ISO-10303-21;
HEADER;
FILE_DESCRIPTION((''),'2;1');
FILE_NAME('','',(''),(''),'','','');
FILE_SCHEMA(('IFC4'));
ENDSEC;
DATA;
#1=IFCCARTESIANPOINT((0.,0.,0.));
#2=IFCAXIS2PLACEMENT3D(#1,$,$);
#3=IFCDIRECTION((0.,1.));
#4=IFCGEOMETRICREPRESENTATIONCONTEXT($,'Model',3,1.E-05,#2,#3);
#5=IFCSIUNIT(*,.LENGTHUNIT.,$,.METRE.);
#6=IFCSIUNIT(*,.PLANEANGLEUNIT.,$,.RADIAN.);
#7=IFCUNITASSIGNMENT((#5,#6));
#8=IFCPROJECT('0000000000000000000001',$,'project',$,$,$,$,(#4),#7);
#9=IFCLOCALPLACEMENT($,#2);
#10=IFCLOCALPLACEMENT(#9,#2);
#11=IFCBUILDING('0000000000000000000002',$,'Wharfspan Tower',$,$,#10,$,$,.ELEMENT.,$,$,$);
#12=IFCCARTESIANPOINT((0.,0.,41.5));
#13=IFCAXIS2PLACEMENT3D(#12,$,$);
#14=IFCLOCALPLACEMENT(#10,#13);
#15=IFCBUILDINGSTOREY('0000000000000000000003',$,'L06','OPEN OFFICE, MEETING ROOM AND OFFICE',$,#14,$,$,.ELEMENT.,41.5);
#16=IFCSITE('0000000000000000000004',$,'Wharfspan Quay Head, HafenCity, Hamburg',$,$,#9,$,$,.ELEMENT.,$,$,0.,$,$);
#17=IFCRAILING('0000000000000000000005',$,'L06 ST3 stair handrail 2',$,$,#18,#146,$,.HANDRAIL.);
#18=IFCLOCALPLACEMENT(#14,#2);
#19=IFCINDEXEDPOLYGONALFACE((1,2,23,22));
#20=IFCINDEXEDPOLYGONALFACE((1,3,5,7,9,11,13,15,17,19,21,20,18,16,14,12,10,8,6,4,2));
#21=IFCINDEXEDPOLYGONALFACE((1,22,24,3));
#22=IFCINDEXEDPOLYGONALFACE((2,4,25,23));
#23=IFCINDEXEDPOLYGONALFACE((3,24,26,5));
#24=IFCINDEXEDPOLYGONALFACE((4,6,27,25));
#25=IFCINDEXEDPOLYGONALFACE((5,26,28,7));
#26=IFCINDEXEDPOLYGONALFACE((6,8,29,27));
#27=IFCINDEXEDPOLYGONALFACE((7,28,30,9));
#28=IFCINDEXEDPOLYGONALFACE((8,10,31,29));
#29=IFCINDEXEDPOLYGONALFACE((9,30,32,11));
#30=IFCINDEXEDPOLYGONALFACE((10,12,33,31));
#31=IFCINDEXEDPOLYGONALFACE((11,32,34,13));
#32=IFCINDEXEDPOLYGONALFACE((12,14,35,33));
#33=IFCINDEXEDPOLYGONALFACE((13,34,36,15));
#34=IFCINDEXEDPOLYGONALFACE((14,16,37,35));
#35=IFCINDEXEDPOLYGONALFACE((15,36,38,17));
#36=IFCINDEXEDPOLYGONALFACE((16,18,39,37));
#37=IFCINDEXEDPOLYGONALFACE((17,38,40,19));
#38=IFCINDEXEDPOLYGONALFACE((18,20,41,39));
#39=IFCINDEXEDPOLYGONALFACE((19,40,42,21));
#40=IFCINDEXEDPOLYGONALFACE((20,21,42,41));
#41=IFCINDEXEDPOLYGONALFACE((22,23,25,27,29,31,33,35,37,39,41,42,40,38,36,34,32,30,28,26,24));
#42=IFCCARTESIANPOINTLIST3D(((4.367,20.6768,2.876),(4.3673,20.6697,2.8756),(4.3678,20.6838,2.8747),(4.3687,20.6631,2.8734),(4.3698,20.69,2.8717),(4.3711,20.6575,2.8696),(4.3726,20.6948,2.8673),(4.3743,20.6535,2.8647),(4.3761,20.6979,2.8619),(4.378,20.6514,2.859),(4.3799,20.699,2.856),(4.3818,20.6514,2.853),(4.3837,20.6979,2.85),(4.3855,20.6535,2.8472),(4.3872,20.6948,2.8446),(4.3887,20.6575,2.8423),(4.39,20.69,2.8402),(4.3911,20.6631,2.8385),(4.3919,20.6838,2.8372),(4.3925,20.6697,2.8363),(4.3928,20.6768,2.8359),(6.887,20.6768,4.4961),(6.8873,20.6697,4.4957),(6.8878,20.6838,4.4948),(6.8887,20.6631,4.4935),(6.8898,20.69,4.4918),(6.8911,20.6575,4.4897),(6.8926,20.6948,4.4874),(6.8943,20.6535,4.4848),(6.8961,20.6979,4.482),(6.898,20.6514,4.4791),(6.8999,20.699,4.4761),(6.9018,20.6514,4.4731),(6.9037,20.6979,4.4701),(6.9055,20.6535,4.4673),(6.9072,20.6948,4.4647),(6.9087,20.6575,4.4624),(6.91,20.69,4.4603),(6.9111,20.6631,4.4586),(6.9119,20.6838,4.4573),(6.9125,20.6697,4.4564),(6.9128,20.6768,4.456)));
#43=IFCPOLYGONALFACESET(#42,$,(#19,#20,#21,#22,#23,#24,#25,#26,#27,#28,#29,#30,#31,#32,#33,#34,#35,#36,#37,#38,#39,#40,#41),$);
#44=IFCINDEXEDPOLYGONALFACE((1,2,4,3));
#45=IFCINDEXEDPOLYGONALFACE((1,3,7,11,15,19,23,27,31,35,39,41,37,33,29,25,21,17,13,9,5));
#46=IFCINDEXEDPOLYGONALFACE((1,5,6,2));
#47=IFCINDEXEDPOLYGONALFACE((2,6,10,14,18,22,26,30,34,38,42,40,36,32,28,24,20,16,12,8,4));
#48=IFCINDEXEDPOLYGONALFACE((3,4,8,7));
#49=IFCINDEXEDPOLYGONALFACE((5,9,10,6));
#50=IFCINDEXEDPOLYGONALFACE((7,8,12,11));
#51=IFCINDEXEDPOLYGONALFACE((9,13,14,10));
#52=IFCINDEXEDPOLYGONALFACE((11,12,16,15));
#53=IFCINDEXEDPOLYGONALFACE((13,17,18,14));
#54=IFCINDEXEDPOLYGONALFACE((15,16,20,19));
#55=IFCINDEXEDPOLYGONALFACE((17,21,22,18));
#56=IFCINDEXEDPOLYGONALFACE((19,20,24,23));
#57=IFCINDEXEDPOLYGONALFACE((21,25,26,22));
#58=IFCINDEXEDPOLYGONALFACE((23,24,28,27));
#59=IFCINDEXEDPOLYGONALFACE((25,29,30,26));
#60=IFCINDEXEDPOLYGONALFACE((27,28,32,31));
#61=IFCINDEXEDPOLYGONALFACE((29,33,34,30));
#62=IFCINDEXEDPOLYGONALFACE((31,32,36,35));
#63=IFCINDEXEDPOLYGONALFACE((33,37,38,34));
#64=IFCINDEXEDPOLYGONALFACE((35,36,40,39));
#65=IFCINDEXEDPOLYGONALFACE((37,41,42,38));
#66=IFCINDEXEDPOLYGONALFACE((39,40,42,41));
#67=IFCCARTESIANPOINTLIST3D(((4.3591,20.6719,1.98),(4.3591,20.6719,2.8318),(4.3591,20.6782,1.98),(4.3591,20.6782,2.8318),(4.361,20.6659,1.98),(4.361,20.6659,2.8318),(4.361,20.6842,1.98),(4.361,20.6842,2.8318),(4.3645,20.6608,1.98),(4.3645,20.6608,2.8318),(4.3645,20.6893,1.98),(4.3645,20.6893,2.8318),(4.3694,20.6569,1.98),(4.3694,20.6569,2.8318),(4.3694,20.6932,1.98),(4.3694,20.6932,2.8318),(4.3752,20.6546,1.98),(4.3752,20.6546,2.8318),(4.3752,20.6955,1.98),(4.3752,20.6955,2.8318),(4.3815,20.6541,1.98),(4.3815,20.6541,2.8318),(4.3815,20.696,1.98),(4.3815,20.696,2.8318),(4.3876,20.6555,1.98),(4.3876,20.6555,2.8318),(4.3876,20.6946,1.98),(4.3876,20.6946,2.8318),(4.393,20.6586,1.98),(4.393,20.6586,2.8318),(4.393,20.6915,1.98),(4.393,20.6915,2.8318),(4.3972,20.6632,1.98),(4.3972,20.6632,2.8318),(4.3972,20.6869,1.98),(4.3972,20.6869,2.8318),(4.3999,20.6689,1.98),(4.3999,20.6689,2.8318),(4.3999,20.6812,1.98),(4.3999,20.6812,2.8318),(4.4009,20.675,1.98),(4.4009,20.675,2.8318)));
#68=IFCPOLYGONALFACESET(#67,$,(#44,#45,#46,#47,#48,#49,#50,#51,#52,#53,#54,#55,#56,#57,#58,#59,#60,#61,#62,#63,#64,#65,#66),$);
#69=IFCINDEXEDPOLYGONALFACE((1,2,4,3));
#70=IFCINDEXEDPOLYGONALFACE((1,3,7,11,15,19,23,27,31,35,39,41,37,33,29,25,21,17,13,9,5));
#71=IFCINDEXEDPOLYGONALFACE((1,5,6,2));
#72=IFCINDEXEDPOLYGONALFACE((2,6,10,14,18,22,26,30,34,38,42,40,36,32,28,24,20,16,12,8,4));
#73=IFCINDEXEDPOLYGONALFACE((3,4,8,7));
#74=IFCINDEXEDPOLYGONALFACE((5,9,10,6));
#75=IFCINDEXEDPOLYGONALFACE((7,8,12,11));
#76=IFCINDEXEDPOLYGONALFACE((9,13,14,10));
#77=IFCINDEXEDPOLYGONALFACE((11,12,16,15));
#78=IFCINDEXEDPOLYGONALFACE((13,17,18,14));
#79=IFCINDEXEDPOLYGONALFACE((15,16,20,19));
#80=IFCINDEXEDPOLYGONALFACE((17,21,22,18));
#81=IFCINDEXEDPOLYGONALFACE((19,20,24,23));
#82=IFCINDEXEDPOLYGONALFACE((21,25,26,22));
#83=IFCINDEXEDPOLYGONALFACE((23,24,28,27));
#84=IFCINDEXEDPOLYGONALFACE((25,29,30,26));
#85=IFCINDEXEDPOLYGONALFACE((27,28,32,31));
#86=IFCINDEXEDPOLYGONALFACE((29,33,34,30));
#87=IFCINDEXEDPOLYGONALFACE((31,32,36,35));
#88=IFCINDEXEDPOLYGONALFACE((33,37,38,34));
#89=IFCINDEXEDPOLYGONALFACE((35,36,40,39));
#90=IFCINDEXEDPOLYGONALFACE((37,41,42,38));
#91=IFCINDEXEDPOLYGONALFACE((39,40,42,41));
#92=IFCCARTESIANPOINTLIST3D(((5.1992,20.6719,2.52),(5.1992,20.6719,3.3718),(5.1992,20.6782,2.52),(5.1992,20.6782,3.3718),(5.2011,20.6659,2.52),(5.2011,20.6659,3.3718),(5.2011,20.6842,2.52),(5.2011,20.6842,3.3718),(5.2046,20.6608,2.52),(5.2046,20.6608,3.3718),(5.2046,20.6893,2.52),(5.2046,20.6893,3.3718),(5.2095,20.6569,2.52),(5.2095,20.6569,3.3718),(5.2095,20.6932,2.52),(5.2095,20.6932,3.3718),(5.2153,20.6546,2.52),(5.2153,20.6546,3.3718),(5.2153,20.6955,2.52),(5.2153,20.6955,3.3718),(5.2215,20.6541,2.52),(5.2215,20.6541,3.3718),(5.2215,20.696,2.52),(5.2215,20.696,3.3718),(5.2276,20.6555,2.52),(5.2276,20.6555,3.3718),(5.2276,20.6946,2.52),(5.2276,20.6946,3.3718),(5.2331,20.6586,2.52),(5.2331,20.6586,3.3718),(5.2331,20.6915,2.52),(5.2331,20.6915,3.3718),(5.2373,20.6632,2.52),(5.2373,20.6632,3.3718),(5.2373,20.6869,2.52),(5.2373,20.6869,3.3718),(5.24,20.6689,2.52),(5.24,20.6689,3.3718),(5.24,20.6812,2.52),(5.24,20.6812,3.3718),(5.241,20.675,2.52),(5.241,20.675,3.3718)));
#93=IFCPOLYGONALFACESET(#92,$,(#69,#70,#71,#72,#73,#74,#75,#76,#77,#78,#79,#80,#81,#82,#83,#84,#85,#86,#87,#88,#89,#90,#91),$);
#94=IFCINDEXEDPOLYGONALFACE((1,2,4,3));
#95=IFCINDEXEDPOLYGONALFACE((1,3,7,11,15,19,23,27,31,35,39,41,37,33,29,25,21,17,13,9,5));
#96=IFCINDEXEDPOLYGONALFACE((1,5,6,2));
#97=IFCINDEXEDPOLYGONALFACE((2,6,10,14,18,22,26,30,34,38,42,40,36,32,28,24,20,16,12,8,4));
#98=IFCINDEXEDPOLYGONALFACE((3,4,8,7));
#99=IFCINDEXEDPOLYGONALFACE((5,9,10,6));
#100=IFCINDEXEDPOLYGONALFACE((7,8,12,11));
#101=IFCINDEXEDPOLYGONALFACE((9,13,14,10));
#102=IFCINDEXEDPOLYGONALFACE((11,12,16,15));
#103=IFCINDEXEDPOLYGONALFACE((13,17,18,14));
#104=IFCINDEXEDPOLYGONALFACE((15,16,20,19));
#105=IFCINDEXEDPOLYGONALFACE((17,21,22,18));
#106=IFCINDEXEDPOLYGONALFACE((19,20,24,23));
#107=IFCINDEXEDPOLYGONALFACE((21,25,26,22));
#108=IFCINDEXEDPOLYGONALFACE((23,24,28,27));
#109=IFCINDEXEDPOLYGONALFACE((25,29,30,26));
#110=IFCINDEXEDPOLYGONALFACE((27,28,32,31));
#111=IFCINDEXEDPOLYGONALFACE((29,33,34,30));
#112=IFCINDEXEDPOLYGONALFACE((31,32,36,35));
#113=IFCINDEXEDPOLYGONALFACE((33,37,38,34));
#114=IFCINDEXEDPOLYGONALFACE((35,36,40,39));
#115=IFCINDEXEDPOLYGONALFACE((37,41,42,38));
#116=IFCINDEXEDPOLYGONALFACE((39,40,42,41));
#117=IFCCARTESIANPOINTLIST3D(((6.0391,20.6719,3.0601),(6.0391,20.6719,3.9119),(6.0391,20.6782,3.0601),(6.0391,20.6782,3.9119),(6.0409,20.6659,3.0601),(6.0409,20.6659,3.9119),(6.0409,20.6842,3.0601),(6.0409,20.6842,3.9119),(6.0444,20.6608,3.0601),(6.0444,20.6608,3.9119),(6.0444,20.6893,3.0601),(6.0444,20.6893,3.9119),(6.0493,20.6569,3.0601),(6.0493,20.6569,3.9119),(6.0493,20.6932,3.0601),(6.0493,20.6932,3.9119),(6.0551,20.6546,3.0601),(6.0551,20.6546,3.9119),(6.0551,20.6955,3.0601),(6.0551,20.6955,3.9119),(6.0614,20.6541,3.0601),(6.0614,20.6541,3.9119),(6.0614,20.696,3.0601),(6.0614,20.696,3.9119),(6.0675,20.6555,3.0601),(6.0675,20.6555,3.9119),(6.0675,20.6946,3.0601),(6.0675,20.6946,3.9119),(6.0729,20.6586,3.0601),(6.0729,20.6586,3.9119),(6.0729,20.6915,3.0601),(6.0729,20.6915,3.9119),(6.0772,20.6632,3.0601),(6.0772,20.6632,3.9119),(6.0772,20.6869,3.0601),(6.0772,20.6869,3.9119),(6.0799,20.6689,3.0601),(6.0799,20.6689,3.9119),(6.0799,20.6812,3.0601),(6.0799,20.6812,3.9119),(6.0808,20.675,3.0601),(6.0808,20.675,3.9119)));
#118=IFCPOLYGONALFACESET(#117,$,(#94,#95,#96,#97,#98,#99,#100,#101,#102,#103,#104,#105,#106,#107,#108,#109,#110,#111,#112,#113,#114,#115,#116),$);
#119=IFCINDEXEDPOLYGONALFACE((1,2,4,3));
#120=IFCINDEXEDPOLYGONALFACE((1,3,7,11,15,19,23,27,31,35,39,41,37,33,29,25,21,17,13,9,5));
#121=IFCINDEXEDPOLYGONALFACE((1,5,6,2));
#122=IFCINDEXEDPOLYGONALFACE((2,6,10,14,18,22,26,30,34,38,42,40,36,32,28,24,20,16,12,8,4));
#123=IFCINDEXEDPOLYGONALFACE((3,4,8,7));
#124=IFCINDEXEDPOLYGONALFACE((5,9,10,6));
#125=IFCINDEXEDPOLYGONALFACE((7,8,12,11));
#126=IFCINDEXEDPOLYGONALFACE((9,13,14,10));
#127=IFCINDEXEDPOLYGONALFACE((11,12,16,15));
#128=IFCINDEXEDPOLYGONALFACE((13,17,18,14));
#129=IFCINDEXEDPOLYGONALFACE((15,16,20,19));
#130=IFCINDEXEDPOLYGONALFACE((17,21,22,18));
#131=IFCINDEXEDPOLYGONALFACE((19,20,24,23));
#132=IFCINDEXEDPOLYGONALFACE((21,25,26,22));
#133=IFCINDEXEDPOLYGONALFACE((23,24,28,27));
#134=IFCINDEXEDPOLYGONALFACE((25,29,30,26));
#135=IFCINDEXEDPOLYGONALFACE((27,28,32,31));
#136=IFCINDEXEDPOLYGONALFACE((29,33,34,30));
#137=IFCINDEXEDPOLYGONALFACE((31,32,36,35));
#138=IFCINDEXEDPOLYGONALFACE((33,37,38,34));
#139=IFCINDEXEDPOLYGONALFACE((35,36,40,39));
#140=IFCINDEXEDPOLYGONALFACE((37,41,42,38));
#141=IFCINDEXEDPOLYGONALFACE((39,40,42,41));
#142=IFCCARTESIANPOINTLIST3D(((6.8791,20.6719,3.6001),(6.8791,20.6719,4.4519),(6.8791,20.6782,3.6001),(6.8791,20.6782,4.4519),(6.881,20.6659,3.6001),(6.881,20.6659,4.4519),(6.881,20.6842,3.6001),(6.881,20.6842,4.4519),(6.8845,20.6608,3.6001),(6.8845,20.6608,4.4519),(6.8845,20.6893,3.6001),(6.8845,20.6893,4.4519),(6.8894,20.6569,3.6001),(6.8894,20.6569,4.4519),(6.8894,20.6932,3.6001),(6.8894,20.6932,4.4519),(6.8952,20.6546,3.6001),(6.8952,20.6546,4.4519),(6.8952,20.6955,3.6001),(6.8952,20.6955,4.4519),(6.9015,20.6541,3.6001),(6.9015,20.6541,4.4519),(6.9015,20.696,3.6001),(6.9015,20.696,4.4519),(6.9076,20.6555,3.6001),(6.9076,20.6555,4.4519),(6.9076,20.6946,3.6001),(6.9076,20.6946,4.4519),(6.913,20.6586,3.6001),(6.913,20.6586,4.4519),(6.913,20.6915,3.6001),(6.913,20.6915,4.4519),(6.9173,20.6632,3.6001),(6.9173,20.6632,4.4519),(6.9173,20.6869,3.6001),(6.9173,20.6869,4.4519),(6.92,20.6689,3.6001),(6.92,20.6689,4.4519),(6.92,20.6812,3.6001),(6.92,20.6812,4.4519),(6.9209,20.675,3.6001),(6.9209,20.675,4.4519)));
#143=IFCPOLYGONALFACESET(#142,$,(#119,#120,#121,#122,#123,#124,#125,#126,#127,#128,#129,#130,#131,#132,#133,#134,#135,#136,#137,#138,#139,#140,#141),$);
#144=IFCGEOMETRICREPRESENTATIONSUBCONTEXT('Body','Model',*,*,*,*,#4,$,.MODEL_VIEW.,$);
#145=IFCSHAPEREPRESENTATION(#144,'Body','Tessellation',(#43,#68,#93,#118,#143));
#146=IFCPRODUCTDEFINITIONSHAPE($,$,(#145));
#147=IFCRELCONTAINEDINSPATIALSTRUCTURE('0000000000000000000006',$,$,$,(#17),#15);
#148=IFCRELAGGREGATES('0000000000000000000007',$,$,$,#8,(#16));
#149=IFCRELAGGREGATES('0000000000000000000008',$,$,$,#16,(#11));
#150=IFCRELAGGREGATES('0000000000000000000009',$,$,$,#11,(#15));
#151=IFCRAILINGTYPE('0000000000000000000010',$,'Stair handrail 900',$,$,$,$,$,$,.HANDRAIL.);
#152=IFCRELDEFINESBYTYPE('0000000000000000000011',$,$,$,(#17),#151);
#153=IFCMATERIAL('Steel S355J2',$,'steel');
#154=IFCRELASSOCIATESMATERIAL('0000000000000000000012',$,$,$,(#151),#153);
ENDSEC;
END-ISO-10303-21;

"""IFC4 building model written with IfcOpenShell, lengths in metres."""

from ifc_helpers import new_model, si_unit, direction, frame, origin, origin_2d, place, context, subcontext, project, spatial, circle, extrude, material, type_object, element, save


model = new_model("IFC4")

# Units and contexts
model_context = context("Model", 3, precision=1e-05, world=origin(), true_north=direction((0.0, 1.0)))
body_context = subcontext(model_context, "Body", "Model", "MODEL_VIEW")
ifc_project = project(units=[si_unit("LENGTHUNIT", "METRE"), si_unit("PLANEANGLEUNIT", "RADIAN")], contexts=[model_context])

# Site, building, storey
site_placement = place(None, origin())
site = spatial("IfcSite", under=ifc_project, at=site_placement, Name="Wharfspan Quay Head, HafenCity, Hamburg", CompositionType="ELEMENT", RefElevation=0.0)
building_placement = place(site_placement, origin())
building = spatial("IfcBuilding", under=site, at=building_placement, Name="Wharfspan Tower", CompositionType="ELEMENT")
storey_placement = place(building_placement, frame((0.0, 0.0, 41.5)))
storey = spatial("IfcBuildingStorey", under=building, at=storey_placement, Name="L06", Description="OPEN OFFICE, MEETING ROOM AND OFFICE", CompositionType="ELEMENT", Elevation=41.5)

# Shared definitions
ifc_material_1 = material(Name="Steel S355J2", Category="steel")

# Railing
railing_type_1 = type_object("IfcRailingType", Name="Stair handrail 900", PredefinedType="HANDRAIL", material=ifc_material_1)
railing_1_placement = place(storey_placement, frame((4.3799, 20.675, 1.98)))
element("IfcRailing", 1, at=railing_1_placement, inside=storey, type_object=railing_type_1, Name="L06 ST3 stair handrail 2", PredefinedType="HANDRAIL", context=body_context, shape_type="SweptSolid", body=[
    extrude(circle(Radius=0.0239, at=origin_2d()), frame((0.0, 0.0, 0.876), z_axis=(0.841163, 0.0, 0.540782), x_axis=(0.0, 1.0, 0.0)), (0.0, 0.0, 1.0), 2.9958),
    extrude(circle(Radius=0.021, at=origin_2d()), origin(), (0.0, 0.0, 1.0), 0.8518),
    extrude(circle(Radius=0.021, at=origin_2d()), frame((0.8401, 0.0, 0.54)), (0.0, 0.0, 1.0), 0.8518),
    extrude(circle(Radius=0.021, at=origin_2d()), frame((1.6799, 0.0, 1.0801)), (0.0, 0.0, 1.0), 0.8518),
    extrude(circle(Radius=0.021, at=origin_2d()), frame((2.52, 0.0, 1.6201)), (0.0, 0.0, 1.0), 0.8518),
])

save(model, "model.ifc")
